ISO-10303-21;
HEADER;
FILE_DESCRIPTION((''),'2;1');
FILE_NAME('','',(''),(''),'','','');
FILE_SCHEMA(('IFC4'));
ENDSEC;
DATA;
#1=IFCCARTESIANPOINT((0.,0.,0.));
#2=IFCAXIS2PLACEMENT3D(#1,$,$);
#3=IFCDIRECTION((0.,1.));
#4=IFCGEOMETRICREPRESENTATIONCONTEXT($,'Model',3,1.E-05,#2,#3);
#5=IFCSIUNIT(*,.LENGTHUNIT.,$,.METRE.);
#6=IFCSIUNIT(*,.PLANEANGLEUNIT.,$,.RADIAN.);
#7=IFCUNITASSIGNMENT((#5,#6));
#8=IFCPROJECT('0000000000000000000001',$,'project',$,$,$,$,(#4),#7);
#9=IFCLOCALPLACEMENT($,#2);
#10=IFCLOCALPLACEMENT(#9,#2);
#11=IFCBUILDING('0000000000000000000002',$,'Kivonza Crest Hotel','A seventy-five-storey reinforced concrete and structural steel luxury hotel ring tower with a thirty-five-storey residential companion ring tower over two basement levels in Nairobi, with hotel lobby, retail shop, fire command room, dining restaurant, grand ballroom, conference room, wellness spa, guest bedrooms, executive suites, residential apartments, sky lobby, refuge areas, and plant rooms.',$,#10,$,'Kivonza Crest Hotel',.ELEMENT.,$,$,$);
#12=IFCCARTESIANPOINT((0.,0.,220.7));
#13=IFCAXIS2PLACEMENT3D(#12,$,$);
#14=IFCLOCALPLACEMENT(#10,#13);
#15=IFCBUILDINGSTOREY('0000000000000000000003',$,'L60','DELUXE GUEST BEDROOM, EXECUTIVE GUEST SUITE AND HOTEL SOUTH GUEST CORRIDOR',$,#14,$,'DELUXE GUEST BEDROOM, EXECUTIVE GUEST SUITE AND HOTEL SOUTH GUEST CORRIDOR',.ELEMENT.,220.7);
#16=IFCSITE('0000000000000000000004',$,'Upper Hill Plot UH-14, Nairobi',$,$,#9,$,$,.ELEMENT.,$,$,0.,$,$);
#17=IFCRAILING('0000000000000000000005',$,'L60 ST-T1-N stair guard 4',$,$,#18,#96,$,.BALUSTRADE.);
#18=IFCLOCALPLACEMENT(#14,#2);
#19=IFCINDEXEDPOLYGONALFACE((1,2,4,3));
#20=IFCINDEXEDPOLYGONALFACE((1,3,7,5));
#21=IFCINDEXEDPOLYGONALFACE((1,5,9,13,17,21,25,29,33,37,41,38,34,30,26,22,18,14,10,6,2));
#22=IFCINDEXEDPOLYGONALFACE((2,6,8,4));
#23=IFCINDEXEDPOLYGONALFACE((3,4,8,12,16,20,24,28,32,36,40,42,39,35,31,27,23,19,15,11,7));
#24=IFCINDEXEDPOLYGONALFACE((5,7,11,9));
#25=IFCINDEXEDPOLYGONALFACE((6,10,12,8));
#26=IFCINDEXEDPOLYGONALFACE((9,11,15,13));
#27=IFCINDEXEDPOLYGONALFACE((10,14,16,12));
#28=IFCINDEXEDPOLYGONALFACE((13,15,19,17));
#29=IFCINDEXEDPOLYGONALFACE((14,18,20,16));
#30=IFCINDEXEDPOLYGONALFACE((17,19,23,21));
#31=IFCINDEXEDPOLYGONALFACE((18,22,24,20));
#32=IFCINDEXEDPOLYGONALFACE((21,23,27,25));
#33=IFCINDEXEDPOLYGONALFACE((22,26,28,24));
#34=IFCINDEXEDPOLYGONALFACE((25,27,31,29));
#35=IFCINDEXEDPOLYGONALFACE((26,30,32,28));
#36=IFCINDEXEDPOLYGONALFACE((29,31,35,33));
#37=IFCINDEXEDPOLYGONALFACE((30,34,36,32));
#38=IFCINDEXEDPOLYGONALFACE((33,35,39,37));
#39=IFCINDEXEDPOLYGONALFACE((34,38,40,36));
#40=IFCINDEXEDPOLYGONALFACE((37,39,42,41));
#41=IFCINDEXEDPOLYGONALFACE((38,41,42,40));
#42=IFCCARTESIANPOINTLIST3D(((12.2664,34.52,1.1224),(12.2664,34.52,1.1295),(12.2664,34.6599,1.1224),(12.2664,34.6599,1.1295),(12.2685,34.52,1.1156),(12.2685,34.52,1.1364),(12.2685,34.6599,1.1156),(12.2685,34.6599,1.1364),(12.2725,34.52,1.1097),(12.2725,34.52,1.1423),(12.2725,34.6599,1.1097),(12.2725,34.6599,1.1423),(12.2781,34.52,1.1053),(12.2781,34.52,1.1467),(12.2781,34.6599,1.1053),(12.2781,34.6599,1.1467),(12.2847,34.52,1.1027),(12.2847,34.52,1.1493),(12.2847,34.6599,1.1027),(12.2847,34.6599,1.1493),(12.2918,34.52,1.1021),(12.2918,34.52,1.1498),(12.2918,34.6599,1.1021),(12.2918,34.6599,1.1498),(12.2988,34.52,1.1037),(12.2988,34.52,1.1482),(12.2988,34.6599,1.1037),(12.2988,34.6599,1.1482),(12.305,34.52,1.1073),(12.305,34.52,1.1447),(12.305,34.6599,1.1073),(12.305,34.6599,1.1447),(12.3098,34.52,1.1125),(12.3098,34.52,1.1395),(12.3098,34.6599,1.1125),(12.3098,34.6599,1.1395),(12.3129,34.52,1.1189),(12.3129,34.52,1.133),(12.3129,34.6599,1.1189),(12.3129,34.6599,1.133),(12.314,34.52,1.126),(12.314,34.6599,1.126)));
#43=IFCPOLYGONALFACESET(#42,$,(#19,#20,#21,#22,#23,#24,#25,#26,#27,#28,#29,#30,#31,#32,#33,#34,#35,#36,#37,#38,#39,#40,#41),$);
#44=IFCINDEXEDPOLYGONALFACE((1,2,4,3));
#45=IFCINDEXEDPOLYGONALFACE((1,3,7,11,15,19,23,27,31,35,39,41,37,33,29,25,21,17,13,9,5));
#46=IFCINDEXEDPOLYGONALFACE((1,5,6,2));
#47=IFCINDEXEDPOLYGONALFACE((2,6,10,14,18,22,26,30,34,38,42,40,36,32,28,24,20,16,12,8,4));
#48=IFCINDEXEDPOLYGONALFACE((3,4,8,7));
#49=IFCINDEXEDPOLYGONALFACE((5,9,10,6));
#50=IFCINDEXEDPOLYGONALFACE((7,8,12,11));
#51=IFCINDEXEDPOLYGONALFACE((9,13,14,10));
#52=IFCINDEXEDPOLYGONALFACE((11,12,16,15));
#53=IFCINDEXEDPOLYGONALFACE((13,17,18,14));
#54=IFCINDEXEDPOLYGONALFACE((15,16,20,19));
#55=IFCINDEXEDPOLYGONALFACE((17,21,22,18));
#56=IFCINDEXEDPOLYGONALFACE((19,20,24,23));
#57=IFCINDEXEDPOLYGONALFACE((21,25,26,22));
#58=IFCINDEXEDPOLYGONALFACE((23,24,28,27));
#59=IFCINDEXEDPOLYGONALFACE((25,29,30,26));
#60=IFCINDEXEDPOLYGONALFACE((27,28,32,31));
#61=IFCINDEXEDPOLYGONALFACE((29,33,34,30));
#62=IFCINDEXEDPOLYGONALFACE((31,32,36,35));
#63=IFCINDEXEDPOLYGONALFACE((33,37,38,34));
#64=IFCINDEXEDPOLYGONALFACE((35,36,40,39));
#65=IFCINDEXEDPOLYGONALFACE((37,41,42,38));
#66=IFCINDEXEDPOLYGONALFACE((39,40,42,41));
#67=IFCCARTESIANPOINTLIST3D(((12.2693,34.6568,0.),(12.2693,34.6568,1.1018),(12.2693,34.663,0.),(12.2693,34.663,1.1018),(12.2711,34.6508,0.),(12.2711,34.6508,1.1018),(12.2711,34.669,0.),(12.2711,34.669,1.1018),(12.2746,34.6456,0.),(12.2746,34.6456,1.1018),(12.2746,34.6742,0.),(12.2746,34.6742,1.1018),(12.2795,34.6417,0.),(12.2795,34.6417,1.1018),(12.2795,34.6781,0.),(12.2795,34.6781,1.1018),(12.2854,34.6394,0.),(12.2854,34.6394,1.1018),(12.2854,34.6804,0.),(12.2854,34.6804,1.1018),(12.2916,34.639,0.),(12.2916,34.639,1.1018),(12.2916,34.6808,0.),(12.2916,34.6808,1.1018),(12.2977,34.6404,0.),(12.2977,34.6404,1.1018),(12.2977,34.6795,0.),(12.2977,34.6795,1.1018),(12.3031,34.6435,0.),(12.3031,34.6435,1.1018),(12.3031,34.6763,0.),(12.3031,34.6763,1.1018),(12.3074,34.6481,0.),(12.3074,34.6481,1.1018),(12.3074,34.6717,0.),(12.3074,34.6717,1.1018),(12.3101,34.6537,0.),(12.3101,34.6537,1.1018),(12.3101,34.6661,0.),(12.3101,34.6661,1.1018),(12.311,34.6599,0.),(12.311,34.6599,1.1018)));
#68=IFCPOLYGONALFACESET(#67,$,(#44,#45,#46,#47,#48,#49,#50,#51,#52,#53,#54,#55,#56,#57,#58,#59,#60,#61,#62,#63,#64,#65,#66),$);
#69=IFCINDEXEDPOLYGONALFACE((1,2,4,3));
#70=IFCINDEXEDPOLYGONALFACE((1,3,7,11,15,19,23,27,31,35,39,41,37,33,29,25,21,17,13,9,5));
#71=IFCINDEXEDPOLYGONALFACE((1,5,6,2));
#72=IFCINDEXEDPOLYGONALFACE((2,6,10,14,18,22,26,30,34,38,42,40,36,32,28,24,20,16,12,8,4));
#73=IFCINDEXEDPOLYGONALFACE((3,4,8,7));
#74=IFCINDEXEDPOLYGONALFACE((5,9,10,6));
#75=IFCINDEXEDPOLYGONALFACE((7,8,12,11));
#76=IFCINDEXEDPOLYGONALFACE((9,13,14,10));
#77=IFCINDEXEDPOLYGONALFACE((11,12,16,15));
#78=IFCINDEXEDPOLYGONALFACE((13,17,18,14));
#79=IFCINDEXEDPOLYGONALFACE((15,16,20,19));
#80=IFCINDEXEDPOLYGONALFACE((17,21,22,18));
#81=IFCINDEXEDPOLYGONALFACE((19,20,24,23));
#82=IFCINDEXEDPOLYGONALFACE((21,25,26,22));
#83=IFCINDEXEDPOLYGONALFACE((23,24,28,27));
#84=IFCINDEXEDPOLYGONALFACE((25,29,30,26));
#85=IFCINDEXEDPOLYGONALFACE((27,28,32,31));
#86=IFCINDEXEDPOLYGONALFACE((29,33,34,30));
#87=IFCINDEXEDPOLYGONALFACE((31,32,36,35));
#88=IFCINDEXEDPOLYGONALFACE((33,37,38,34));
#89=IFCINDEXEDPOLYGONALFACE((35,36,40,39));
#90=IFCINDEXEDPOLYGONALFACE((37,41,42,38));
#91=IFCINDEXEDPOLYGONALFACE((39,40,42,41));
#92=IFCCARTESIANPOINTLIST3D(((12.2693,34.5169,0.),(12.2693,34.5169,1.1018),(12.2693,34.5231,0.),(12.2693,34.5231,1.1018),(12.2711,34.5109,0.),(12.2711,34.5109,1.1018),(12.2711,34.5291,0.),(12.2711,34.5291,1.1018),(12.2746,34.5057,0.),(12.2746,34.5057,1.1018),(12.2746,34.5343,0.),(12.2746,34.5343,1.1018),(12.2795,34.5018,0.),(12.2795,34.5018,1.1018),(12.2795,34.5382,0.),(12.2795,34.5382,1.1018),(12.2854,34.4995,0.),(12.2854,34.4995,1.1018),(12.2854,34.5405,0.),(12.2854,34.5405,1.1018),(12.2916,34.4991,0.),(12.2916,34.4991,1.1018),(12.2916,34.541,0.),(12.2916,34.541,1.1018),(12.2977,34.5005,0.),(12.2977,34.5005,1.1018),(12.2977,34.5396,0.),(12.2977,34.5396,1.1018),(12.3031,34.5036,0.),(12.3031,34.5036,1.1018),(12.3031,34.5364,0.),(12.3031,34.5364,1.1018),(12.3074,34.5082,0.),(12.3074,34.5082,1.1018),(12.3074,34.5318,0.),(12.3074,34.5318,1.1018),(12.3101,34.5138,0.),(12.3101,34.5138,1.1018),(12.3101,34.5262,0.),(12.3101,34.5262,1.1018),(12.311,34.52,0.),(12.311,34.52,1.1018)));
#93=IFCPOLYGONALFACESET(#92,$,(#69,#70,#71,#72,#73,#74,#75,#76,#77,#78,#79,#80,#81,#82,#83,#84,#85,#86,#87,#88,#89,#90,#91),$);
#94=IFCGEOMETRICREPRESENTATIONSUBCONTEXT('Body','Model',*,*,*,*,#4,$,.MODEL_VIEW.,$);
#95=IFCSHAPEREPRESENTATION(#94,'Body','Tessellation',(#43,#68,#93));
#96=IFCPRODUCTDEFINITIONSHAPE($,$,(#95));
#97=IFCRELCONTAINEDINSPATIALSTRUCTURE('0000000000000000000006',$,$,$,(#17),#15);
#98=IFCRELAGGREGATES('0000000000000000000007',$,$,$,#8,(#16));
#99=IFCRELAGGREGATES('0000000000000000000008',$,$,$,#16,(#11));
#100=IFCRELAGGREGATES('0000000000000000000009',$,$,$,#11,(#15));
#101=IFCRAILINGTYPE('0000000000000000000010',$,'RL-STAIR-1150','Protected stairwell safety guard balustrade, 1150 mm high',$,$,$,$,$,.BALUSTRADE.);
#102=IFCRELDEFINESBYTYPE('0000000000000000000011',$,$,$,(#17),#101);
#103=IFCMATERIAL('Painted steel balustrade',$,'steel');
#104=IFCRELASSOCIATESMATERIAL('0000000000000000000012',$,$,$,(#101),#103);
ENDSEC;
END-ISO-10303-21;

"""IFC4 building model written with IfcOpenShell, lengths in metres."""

from ifc_helpers import new_model, si_unit, direction, frame, origin, origin_2d, place, context, subcontext, project, spatial, circle, extrude, material, type_object, element, save


model = new_model("IFC4")

# Units and contexts
model_context = context("Model", 3, precision=1e-05, world=origin(), true_north=direction((0.0, 1.0)))
body_context = subcontext(model_context, "Body", "Model", "MODEL_VIEW")
ifc_project = project(units=[si_unit("LENGTHUNIT", "METRE"), si_unit("PLANEANGLEUNIT", "RADIAN")], contexts=[model_context])

# Site, building, storey
site_placement = place(None, origin())
site = spatial("IfcSite", under=ifc_project, at=site_placement, Name="Upper Hill Plot UH-14, Nairobi", CompositionType="ELEMENT", RefElevation=0.0)
building_placement = place(site_placement, origin())
building = spatial("IfcBuilding", under=site, at=building_placement, Name="Kivonza Crest Hotel", Description="A seventy-five-storey reinforced concrete and structural steel luxury hotel ring tower with a thirty-five-storey residential companion ring tower over two basement levels in Nairobi, with hotel lobby, retail shop, fire command room, dining restaurant, grand ballroom, conference room, wellness spa, guest bedrooms, executive suites, residential apartments, sky lobby, refuge areas, and plant rooms.", LongName="Kivonza Crest Hotel", CompositionType="ELEMENT")
storey_placement = place(building_placement, frame((0.0, 0.0, 220.7)))
storey = spatial("IfcBuildingStorey", under=building, at=storey_placement, Name="L60", Description="DELUXE GUEST BEDROOM, EXECUTIVE GUEST SUITE AND HOTEL SOUTH GUEST CORRIDOR", LongName="DELUXE GUEST BEDROOM, EXECUTIVE GUEST SUITE AND HOTEL SOUTH GUEST CORRIDOR", CompositionType="ELEMENT", Elevation=220.7)

# Railing
ifc_material_1 = material(Name="Painted steel balustrade", Category="steel")
railing_type_1 = type_object("IfcRailingType", Name="RL-STAIR-1150", Description="Protected stairwell safety guard balustrade, 1150 mm high", PredefinedType="BALUSTRADE", material=ifc_material_1)
railing_1_placement = place(storey_placement, frame((12.29, 34.6599, 0.0)))
element("IfcRailing", 1, at=railing_1_placement, inside=storey, type_object=railing_type_1, Name="L60 ST-T1-N stair guard 4", PredefinedType="BALUSTRADE", context=body_context, shape_type="SweptSolid", body=[
    extrude(circle(Radius=0.0239, at=origin_2d()), frame((0.0, 0.0, 1.126), z_axis=(0.0, -1.0, 0.0), x_axis=(1.0, 0.0, 0.0)), (0.0, 0.0, 1.0), 0.1399),
    extrude(circle(Radius=0.021, at=origin_2d()), origin(), (0.0, 0.0, 1.0), 1.1018),
    extrude(circle(Radius=0.021, at=origin_2d()), frame((0.0, -0.1399, 0.0)), (0.0, 0.0, 1.0), 1.1018),
])

save(model, "model.ifc")
